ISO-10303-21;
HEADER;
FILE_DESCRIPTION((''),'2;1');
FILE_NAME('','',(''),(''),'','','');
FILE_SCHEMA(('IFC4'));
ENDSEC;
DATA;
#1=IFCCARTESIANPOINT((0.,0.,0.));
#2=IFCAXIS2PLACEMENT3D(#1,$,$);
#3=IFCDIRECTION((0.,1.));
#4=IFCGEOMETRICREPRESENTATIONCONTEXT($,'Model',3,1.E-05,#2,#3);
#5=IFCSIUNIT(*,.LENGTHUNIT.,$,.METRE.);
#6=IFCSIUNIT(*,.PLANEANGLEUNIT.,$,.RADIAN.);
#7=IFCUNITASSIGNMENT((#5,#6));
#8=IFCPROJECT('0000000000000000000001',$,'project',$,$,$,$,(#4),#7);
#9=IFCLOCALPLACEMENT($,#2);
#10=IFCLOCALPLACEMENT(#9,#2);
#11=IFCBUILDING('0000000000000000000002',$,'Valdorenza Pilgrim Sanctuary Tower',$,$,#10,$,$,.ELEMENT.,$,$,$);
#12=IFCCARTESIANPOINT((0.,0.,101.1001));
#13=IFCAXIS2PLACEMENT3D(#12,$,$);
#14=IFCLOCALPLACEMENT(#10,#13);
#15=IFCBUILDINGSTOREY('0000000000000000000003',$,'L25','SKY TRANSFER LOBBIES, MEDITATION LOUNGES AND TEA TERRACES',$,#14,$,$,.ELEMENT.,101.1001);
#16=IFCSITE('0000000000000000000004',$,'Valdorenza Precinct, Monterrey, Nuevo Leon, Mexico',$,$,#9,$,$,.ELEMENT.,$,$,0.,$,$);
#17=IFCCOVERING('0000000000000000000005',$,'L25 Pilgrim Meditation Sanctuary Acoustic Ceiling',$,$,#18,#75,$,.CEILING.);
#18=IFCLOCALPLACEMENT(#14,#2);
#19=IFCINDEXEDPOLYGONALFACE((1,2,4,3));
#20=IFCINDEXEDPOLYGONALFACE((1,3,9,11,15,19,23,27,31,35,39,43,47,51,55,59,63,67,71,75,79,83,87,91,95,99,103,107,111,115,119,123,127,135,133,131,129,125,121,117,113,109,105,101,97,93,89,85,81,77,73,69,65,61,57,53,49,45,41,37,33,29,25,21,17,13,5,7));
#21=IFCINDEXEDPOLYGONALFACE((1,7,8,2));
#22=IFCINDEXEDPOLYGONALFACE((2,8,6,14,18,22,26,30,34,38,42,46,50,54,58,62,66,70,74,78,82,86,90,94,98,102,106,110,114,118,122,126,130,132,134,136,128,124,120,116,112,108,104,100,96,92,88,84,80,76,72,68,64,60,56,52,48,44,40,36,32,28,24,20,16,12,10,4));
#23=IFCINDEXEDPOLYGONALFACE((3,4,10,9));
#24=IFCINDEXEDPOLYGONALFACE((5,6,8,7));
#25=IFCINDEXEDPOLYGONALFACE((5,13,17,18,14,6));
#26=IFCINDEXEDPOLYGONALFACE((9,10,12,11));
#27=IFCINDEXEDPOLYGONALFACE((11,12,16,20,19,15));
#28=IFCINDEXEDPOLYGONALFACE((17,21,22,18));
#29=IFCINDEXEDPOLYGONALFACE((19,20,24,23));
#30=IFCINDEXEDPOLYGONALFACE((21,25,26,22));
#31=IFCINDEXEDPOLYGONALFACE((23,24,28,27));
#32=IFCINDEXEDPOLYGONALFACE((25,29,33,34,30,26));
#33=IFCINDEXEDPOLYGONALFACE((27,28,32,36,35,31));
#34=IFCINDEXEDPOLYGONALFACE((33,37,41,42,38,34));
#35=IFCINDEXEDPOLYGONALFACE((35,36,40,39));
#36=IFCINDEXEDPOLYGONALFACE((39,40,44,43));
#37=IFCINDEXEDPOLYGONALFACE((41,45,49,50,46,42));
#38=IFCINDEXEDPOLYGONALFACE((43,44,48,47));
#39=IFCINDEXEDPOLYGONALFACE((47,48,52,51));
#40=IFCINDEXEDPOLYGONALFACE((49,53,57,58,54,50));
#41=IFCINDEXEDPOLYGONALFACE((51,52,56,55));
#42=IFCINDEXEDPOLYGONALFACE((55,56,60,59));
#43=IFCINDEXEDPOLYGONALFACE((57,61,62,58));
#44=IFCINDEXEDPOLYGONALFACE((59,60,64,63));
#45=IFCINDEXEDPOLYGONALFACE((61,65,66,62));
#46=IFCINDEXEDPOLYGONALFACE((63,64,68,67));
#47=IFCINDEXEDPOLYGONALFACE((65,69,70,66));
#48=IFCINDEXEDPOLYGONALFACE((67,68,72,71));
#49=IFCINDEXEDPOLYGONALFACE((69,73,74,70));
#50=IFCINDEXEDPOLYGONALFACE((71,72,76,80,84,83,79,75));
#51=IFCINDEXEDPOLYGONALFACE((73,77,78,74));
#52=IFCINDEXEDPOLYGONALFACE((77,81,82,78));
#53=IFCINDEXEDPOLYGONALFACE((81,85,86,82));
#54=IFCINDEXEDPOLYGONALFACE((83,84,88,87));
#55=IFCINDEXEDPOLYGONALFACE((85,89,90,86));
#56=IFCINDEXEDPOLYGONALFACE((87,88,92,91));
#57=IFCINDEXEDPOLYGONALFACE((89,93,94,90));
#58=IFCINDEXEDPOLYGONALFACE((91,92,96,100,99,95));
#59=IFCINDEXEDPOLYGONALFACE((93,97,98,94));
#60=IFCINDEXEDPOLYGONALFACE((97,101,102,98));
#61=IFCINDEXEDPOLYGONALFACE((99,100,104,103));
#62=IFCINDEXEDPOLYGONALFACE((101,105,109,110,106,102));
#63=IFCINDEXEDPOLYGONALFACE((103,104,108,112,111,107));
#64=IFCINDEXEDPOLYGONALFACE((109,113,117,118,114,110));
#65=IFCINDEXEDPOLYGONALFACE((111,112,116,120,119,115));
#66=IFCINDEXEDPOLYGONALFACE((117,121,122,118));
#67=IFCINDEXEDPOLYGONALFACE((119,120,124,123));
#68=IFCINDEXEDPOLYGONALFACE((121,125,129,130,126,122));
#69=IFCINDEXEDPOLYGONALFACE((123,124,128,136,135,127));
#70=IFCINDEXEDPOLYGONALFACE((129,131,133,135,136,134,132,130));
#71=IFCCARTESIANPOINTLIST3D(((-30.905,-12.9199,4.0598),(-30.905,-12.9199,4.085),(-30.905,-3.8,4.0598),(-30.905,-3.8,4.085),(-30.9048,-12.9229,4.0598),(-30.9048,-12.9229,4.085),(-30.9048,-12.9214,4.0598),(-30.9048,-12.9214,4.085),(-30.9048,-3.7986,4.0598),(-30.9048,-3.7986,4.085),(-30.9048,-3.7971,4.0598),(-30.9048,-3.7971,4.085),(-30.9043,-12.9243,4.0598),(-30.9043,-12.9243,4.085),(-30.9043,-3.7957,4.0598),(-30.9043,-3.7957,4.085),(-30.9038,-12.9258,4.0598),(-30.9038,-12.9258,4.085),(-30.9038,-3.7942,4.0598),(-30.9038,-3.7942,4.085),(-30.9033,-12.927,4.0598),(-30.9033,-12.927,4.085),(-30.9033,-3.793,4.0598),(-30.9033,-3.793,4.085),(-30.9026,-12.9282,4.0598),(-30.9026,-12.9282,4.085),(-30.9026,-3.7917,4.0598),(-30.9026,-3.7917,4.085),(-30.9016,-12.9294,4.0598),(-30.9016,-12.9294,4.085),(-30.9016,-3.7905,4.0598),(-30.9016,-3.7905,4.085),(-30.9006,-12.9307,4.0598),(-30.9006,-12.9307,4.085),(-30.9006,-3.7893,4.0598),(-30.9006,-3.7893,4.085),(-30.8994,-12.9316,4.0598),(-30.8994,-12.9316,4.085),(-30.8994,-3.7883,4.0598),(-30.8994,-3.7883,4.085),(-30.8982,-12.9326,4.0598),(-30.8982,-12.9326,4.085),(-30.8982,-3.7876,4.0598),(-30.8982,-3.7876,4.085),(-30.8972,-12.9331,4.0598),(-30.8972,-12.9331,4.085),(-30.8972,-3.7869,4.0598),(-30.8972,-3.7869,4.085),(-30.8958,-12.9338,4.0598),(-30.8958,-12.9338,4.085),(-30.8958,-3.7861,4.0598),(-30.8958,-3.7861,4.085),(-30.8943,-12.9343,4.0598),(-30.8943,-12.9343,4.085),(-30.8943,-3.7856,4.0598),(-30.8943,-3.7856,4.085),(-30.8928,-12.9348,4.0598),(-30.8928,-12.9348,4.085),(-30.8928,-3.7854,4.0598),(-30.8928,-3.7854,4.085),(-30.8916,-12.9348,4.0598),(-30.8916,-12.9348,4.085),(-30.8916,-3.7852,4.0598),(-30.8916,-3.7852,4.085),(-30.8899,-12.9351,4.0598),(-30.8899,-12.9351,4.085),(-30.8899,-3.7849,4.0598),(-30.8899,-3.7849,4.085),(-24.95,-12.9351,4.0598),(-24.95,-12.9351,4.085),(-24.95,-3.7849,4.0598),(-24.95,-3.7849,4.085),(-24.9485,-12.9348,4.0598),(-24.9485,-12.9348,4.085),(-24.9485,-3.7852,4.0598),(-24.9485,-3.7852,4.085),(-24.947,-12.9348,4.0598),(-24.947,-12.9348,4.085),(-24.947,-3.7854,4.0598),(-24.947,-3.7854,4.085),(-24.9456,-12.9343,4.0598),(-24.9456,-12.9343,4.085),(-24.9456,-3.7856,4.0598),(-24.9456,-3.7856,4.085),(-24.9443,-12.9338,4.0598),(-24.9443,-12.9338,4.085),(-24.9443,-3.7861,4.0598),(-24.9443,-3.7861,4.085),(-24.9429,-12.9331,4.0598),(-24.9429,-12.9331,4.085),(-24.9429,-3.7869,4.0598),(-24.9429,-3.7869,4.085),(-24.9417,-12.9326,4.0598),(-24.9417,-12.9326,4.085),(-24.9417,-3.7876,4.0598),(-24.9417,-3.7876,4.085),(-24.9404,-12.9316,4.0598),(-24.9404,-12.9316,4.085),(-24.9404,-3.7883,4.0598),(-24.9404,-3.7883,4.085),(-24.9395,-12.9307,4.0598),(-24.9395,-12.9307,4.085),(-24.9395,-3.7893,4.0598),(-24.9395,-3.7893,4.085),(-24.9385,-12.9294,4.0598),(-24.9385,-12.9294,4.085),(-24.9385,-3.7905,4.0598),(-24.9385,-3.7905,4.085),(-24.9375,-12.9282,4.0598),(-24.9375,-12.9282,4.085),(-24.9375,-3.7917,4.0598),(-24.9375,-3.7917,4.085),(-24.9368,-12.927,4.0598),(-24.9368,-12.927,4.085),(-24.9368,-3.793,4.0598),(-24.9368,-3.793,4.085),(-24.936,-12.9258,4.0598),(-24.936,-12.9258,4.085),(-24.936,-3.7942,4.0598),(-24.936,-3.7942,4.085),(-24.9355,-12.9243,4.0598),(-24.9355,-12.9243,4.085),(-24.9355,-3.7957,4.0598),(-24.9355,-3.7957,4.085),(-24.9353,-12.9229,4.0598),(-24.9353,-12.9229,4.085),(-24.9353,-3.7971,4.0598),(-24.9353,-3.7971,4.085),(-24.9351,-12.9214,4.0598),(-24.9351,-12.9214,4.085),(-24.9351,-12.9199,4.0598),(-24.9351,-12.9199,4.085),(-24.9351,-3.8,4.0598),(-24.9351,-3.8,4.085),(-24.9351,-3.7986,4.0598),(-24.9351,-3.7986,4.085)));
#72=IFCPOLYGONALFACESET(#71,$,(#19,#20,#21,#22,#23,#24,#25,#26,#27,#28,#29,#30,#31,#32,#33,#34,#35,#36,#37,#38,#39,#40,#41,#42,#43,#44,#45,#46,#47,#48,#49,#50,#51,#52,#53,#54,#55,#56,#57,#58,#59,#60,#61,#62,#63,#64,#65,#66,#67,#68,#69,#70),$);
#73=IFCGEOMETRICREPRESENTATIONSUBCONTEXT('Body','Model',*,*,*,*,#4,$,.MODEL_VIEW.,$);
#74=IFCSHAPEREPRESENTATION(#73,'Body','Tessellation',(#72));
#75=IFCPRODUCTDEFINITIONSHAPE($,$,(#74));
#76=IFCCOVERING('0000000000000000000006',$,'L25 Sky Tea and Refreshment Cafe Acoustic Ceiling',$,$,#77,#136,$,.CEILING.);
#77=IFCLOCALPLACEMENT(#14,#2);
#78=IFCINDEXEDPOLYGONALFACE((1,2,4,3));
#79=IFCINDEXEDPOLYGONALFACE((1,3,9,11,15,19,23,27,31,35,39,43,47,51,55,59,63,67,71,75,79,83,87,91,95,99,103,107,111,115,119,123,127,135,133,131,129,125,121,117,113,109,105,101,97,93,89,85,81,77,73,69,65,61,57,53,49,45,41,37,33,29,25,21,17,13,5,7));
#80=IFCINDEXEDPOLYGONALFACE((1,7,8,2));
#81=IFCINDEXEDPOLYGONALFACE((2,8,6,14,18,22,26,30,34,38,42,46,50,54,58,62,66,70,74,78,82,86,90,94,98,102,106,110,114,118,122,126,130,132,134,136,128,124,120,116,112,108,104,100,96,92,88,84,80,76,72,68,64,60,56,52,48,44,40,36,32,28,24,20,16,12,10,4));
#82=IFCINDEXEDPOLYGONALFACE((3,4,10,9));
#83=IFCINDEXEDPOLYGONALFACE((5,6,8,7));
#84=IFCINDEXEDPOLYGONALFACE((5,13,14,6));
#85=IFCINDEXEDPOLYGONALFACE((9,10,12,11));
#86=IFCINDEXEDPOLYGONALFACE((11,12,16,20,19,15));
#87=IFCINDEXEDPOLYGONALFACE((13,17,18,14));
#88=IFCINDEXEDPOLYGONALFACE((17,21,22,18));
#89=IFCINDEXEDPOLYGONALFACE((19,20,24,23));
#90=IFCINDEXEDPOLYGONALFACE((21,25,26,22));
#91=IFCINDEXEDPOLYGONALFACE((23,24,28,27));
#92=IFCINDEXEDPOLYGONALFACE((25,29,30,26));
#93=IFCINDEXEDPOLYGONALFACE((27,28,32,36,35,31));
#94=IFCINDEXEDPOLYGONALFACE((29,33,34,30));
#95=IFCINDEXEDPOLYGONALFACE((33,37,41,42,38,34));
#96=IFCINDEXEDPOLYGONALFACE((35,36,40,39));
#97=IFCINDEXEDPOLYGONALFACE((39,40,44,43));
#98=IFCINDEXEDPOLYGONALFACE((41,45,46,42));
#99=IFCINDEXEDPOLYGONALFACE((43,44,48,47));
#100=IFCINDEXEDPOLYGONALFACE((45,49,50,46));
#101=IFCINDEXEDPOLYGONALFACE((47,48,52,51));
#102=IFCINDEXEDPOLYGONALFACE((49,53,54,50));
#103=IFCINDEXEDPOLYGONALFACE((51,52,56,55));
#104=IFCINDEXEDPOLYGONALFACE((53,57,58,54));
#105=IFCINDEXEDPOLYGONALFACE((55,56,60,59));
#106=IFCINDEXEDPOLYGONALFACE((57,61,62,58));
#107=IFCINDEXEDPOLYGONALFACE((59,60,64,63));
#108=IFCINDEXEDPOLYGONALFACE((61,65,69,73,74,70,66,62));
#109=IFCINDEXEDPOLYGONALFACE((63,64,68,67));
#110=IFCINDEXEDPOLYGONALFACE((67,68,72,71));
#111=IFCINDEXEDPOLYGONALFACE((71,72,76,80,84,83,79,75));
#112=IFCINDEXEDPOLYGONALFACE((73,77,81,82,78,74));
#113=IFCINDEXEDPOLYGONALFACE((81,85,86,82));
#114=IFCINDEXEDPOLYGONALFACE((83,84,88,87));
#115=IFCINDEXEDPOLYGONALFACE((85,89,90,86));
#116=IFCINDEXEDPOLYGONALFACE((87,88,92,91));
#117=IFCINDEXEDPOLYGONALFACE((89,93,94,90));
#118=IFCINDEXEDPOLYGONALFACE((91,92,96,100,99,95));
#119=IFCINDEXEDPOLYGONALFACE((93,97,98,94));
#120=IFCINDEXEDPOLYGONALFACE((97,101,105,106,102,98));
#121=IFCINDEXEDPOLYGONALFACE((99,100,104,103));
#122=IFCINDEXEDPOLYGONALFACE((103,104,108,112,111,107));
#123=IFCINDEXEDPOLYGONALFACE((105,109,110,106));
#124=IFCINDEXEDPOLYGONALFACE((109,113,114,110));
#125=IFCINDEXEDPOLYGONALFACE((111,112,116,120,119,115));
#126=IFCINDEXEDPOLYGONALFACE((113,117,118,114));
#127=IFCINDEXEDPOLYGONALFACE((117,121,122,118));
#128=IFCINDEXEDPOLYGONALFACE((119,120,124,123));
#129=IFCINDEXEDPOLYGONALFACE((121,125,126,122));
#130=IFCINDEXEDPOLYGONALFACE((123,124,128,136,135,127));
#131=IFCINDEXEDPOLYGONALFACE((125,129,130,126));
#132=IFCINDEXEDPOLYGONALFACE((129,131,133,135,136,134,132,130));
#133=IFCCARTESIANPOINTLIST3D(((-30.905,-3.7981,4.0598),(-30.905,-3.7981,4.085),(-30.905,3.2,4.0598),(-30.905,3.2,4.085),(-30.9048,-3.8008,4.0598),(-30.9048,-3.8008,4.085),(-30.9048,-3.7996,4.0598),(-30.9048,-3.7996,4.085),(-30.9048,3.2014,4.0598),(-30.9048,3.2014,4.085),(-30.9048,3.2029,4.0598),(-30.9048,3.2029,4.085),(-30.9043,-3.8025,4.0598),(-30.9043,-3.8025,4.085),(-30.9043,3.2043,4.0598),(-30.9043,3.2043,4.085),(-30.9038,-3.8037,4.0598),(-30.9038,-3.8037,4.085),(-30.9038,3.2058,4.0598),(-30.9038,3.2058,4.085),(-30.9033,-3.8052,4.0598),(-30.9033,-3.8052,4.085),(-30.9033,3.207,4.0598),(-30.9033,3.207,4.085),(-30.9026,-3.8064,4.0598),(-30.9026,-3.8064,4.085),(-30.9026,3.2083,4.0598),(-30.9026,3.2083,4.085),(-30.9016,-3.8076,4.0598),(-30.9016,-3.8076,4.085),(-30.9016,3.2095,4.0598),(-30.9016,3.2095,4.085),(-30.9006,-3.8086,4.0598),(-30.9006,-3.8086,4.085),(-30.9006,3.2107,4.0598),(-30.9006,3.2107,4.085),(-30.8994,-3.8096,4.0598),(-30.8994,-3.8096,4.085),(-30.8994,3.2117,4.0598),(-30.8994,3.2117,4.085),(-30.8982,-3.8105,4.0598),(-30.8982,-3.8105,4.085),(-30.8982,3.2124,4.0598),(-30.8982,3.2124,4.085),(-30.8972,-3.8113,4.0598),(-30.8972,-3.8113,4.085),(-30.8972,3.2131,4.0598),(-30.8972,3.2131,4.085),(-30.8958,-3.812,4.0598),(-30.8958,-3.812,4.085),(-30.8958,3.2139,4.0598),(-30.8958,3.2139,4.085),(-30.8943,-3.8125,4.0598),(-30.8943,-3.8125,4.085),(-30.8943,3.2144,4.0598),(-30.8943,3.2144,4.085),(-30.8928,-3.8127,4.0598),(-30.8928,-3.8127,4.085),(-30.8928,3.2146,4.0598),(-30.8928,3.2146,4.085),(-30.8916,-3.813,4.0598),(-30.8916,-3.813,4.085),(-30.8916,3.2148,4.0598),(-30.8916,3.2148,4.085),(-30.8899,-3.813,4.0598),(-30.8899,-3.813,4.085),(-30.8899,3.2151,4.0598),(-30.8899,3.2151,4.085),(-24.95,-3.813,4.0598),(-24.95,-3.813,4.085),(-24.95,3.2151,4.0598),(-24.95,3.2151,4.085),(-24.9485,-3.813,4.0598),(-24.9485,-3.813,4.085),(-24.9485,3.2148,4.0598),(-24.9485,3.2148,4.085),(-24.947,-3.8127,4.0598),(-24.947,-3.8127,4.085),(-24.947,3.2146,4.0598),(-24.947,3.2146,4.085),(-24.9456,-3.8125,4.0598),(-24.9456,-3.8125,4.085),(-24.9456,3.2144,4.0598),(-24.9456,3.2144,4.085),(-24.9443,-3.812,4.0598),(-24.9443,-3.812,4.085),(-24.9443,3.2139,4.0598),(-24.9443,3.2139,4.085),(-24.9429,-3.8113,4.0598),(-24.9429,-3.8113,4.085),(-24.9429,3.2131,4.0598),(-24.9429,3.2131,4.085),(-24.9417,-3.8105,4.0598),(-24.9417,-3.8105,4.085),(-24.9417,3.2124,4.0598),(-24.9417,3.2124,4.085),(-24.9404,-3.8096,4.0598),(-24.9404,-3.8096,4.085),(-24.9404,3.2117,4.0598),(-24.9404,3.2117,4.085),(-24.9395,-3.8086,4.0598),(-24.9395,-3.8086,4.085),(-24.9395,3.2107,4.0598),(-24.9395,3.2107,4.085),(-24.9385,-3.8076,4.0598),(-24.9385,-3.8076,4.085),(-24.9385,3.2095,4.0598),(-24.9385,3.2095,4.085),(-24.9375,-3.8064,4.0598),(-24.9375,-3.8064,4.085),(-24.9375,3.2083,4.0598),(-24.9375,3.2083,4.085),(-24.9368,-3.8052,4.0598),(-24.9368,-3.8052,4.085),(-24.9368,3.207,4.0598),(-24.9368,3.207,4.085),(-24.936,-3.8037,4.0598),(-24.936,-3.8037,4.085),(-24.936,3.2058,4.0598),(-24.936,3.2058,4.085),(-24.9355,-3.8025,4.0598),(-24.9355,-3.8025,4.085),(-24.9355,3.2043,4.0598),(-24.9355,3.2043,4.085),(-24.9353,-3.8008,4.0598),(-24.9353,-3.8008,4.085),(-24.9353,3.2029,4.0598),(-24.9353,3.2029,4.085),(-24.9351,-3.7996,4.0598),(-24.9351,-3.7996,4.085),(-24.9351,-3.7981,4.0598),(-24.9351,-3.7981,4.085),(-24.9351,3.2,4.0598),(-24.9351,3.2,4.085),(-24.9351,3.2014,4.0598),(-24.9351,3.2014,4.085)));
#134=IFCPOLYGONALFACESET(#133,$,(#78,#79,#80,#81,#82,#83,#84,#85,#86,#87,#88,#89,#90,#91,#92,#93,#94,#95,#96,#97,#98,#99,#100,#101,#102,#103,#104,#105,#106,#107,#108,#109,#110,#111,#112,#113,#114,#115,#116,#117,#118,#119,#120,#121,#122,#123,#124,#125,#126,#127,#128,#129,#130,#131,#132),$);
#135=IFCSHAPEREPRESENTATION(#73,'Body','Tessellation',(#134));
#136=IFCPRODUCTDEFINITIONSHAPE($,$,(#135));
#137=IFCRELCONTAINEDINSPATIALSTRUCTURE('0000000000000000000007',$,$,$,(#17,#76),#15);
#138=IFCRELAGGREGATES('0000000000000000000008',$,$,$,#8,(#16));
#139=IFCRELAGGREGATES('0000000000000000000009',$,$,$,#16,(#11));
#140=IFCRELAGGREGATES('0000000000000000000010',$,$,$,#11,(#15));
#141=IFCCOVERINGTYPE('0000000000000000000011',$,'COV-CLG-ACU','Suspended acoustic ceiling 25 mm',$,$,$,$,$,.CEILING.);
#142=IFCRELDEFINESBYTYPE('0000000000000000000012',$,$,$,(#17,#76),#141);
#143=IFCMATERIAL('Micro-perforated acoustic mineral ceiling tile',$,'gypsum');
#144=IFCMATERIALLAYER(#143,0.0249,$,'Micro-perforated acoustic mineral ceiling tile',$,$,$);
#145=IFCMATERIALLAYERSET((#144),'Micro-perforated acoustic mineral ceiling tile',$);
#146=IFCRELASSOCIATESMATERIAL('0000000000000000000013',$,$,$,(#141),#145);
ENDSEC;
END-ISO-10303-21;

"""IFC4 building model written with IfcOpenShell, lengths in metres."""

from ifc_helpers import new_model, si_unit, direction, frame, origin, place, context, subcontext, project, spatial, polyline, outline, extrude, material, layer, layer_set, type_object, element, save


model = new_model("IFC4")

# Units and contexts
model_context = context("Model", 3, precision=1e-05, world=origin(), true_north=direction((0.0, 1.0)))
body_context = subcontext(model_context, "Body", "Model", "MODEL_VIEW")
ifc_project = project(units=[si_unit("LENGTHUNIT", "METRE"), si_unit("PLANEANGLEUNIT", "RADIAN")], contexts=[model_context])

# Site, building, storey
site_placement = place(None, origin())
site = spatial("IfcSite", under=ifc_project, at=site_placement, Name="Valdorenza Precinct, Monterrey, Nuevo Leon, Mexico", CompositionType="ELEMENT", RefElevation=0.0)
building_placement = place(site_placement, origin())
building = spatial("IfcBuilding", under=site, at=building_placement, Name="Valdorenza Pilgrim Sanctuary Tower", CompositionType="ELEMENT")
storey_placement = place(building_placement, frame((0.0, 0.0, 101.1001)))
storey = spatial("IfcBuildingStorey", under=building, at=storey_placement, Name="L25", Description="SKY TRANSFER LOBBIES, MEDITATION LOUNGES AND TEA TERRACES", CompositionType="ELEMENT", Elevation=101.1001)

# Coverings
ifc_material_1 = material(Name="Micro-perforated acoustic mineral ceiling tile", Category="gypsum")
ifc_layer_1 = layer(ifc_material_1, 0.0249, Name="Micro-perforated acoustic mineral ceiling tile")
ifc_layer_set_1 = layer_set([ifc_layer_1], Name="Micro-perforated acoustic mineral ceiling tile")
covering_type_1 = type_object("IfcCoveringType", Name="COV-CLG-ACU", Description="Suspended acoustic ceiling 25 mm", PredefinedType="CEILING", material=ifc_layer_set_1)
covering_1_placement = place(storey_placement, frame((0.0, 0.0, 4.0598)))
element("IfcCovering", 1, at=covering_1_placement, inside=storey, type_object=covering_type_1, Name="L25 Pilgrim Meditation Sanctuary Acoustic Ceiling", PredefinedType="CEILING", context=body_context, shape_type="SweptSolid", body=[
    extrude(outline(polyline([(-24.9351, -12.9199), (-24.9351, -12.9214), (-24.9353, -12.9229), (-24.9355, -12.9243), (-24.936, -12.9258), (-24.9368, -12.927), (-24.9375, -12.9282), (-24.9385, -12.9294), (-24.9395, -12.9307), (-24.9404, -12.9316), (-24.9417, -12.9326), (-24.9429, -12.9331), (-24.9443, -12.9338), (-24.9456, -12.9343), (-24.947, -12.9348), (-24.9485, -12.9348), (-24.95, -12.9351), (-30.8899, -12.9351), (-30.8916, -12.9348), (-30.8928, -12.9348), (-30.8943, -12.9343), (-30.8958, -12.9338), (-30.8972, -12.9331), (-30.8982, -12.9326), (-30.8994, -12.9316), (-30.9006, -12.9307), (-30.9016, -12.9294), (-30.9026, -12.9282), (-30.9033, -12.927), (-30.9038, -12.9258), (-30.9043, -12.9243), (-30.9048, -12.9229), (-30.9048, -12.9214), (-30.905, -12.9199), (-30.905, -3.8), (-30.9048, -3.7986), (-30.9048, -3.7971), (-30.9043, -3.7957), (-30.9038, -3.7942), (-30.9033, -3.793), (-30.9026, -3.7917), (-30.9016, -3.7905), (-30.9006, -3.7893), (-30.8994, -3.7883), (-30.8982, -3.7876), (-30.8972, -3.7869), (-30.8958, -3.7861), (-30.8943, -3.7856), (-30.8928, -3.7854), (-30.8916, -3.7852), (-30.8899, -3.7849), (-24.95, -3.7849), (-24.9485, -3.7852), (-24.947, -3.7854), (-24.9456, -3.7856), (-24.9443, -3.7861), (-24.9429, -3.7869), (-24.9417, -3.7876), (-24.9404, -3.7883), (-24.9395, -3.7893), (-24.9385, -3.7905), (-24.9375, -3.7917), (-24.9368, -3.793), (-24.936, -3.7942), (-24.9355, -3.7957), (-24.9353, -3.7971), (-24.9351, -3.7986), (-24.9351, -3.8), (-24.9351, -12.9199)])), origin(), (0.0, 0.0, 1.0), 0.0251),
])
covering_2_placement = place(storey_placement, frame((0.0, 0.0, 4.0598)))
element("IfcCovering", 2, at=covering_2_placement, inside=storey, type_object=covering_type_1, Name="L25 Sky Tea and Refreshment Cafe Acoustic Ceiling", PredefinedType="CEILING", context=body_context, shape_type="SweptSolid", body=[
    extrude(outline(polyline([(-24.9351, -3.7981), (-24.9351, -3.7996), (-24.9353, -3.8008), (-24.9355, -3.8025), (-24.936, -3.8037), (-24.9368, -3.8052), (-24.9375, -3.8064), (-24.9385, -3.8076), (-24.9395, -3.8086), (-24.9404, -3.8096), (-24.9417, -3.8105), (-24.9429, -3.8113), (-24.9443, -3.812), (-24.9456, -3.8125), (-24.947, -3.8127), (-24.9485, -3.813), (-24.95, -3.813), (-30.8899, -3.813), (-30.8916, -3.813), (-30.8928, -3.8127), (-30.8943, -3.8125), (-30.8958, -3.812), (-30.8972, -3.8113), (-30.8982, -3.8105), (-30.8994, -3.8096), (-30.9006, -3.8086), (-30.9016, -3.8076), (-30.9026, -3.8064), (-30.9033, -3.8052), (-30.9038, -3.8037), (-30.9043, -3.8025), (-30.9048, -3.8008), (-30.9048, -3.7996), (-30.905, -3.7981), (-30.905, 3.2), (-30.9048, 3.2014), (-30.9048, 3.2029), (-30.9043, 3.2043), (-30.9038, 3.2058), (-30.9033, 3.207), (-30.9026, 3.2083), (-30.9016, 3.2095), (-30.9006, 3.2107), (-30.8994, 3.2117), (-30.8982, 3.2124), (-30.8972, 3.2131), (-30.8958, 3.2139), (-30.8943, 3.2144), (-30.8928, 3.2146), (-30.8916, 3.2148), (-30.8899, 3.2151), (-24.95, 3.2151), (-24.9485, 3.2148), (-24.947, 3.2146), (-24.9456, 3.2144), (-24.9443, 3.2139), (-24.9429, 3.2131), (-24.9417, 3.2124), (-24.9404, 3.2117), (-24.9395, 3.2107), (-24.9385, 3.2095), (-24.9375, 3.2083), (-24.9368, 3.207), (-24.936, 3.2058), (-24.9355, 3.2043), (-24.9353, 3.2029), (-24.9351, 3.2014), (-24.9351, 3.2), (-24.9351, -3.7981)])), origin(), (0.0, 0.0, 1.0), 0.0251),
])

save(model, "model.ifc")
